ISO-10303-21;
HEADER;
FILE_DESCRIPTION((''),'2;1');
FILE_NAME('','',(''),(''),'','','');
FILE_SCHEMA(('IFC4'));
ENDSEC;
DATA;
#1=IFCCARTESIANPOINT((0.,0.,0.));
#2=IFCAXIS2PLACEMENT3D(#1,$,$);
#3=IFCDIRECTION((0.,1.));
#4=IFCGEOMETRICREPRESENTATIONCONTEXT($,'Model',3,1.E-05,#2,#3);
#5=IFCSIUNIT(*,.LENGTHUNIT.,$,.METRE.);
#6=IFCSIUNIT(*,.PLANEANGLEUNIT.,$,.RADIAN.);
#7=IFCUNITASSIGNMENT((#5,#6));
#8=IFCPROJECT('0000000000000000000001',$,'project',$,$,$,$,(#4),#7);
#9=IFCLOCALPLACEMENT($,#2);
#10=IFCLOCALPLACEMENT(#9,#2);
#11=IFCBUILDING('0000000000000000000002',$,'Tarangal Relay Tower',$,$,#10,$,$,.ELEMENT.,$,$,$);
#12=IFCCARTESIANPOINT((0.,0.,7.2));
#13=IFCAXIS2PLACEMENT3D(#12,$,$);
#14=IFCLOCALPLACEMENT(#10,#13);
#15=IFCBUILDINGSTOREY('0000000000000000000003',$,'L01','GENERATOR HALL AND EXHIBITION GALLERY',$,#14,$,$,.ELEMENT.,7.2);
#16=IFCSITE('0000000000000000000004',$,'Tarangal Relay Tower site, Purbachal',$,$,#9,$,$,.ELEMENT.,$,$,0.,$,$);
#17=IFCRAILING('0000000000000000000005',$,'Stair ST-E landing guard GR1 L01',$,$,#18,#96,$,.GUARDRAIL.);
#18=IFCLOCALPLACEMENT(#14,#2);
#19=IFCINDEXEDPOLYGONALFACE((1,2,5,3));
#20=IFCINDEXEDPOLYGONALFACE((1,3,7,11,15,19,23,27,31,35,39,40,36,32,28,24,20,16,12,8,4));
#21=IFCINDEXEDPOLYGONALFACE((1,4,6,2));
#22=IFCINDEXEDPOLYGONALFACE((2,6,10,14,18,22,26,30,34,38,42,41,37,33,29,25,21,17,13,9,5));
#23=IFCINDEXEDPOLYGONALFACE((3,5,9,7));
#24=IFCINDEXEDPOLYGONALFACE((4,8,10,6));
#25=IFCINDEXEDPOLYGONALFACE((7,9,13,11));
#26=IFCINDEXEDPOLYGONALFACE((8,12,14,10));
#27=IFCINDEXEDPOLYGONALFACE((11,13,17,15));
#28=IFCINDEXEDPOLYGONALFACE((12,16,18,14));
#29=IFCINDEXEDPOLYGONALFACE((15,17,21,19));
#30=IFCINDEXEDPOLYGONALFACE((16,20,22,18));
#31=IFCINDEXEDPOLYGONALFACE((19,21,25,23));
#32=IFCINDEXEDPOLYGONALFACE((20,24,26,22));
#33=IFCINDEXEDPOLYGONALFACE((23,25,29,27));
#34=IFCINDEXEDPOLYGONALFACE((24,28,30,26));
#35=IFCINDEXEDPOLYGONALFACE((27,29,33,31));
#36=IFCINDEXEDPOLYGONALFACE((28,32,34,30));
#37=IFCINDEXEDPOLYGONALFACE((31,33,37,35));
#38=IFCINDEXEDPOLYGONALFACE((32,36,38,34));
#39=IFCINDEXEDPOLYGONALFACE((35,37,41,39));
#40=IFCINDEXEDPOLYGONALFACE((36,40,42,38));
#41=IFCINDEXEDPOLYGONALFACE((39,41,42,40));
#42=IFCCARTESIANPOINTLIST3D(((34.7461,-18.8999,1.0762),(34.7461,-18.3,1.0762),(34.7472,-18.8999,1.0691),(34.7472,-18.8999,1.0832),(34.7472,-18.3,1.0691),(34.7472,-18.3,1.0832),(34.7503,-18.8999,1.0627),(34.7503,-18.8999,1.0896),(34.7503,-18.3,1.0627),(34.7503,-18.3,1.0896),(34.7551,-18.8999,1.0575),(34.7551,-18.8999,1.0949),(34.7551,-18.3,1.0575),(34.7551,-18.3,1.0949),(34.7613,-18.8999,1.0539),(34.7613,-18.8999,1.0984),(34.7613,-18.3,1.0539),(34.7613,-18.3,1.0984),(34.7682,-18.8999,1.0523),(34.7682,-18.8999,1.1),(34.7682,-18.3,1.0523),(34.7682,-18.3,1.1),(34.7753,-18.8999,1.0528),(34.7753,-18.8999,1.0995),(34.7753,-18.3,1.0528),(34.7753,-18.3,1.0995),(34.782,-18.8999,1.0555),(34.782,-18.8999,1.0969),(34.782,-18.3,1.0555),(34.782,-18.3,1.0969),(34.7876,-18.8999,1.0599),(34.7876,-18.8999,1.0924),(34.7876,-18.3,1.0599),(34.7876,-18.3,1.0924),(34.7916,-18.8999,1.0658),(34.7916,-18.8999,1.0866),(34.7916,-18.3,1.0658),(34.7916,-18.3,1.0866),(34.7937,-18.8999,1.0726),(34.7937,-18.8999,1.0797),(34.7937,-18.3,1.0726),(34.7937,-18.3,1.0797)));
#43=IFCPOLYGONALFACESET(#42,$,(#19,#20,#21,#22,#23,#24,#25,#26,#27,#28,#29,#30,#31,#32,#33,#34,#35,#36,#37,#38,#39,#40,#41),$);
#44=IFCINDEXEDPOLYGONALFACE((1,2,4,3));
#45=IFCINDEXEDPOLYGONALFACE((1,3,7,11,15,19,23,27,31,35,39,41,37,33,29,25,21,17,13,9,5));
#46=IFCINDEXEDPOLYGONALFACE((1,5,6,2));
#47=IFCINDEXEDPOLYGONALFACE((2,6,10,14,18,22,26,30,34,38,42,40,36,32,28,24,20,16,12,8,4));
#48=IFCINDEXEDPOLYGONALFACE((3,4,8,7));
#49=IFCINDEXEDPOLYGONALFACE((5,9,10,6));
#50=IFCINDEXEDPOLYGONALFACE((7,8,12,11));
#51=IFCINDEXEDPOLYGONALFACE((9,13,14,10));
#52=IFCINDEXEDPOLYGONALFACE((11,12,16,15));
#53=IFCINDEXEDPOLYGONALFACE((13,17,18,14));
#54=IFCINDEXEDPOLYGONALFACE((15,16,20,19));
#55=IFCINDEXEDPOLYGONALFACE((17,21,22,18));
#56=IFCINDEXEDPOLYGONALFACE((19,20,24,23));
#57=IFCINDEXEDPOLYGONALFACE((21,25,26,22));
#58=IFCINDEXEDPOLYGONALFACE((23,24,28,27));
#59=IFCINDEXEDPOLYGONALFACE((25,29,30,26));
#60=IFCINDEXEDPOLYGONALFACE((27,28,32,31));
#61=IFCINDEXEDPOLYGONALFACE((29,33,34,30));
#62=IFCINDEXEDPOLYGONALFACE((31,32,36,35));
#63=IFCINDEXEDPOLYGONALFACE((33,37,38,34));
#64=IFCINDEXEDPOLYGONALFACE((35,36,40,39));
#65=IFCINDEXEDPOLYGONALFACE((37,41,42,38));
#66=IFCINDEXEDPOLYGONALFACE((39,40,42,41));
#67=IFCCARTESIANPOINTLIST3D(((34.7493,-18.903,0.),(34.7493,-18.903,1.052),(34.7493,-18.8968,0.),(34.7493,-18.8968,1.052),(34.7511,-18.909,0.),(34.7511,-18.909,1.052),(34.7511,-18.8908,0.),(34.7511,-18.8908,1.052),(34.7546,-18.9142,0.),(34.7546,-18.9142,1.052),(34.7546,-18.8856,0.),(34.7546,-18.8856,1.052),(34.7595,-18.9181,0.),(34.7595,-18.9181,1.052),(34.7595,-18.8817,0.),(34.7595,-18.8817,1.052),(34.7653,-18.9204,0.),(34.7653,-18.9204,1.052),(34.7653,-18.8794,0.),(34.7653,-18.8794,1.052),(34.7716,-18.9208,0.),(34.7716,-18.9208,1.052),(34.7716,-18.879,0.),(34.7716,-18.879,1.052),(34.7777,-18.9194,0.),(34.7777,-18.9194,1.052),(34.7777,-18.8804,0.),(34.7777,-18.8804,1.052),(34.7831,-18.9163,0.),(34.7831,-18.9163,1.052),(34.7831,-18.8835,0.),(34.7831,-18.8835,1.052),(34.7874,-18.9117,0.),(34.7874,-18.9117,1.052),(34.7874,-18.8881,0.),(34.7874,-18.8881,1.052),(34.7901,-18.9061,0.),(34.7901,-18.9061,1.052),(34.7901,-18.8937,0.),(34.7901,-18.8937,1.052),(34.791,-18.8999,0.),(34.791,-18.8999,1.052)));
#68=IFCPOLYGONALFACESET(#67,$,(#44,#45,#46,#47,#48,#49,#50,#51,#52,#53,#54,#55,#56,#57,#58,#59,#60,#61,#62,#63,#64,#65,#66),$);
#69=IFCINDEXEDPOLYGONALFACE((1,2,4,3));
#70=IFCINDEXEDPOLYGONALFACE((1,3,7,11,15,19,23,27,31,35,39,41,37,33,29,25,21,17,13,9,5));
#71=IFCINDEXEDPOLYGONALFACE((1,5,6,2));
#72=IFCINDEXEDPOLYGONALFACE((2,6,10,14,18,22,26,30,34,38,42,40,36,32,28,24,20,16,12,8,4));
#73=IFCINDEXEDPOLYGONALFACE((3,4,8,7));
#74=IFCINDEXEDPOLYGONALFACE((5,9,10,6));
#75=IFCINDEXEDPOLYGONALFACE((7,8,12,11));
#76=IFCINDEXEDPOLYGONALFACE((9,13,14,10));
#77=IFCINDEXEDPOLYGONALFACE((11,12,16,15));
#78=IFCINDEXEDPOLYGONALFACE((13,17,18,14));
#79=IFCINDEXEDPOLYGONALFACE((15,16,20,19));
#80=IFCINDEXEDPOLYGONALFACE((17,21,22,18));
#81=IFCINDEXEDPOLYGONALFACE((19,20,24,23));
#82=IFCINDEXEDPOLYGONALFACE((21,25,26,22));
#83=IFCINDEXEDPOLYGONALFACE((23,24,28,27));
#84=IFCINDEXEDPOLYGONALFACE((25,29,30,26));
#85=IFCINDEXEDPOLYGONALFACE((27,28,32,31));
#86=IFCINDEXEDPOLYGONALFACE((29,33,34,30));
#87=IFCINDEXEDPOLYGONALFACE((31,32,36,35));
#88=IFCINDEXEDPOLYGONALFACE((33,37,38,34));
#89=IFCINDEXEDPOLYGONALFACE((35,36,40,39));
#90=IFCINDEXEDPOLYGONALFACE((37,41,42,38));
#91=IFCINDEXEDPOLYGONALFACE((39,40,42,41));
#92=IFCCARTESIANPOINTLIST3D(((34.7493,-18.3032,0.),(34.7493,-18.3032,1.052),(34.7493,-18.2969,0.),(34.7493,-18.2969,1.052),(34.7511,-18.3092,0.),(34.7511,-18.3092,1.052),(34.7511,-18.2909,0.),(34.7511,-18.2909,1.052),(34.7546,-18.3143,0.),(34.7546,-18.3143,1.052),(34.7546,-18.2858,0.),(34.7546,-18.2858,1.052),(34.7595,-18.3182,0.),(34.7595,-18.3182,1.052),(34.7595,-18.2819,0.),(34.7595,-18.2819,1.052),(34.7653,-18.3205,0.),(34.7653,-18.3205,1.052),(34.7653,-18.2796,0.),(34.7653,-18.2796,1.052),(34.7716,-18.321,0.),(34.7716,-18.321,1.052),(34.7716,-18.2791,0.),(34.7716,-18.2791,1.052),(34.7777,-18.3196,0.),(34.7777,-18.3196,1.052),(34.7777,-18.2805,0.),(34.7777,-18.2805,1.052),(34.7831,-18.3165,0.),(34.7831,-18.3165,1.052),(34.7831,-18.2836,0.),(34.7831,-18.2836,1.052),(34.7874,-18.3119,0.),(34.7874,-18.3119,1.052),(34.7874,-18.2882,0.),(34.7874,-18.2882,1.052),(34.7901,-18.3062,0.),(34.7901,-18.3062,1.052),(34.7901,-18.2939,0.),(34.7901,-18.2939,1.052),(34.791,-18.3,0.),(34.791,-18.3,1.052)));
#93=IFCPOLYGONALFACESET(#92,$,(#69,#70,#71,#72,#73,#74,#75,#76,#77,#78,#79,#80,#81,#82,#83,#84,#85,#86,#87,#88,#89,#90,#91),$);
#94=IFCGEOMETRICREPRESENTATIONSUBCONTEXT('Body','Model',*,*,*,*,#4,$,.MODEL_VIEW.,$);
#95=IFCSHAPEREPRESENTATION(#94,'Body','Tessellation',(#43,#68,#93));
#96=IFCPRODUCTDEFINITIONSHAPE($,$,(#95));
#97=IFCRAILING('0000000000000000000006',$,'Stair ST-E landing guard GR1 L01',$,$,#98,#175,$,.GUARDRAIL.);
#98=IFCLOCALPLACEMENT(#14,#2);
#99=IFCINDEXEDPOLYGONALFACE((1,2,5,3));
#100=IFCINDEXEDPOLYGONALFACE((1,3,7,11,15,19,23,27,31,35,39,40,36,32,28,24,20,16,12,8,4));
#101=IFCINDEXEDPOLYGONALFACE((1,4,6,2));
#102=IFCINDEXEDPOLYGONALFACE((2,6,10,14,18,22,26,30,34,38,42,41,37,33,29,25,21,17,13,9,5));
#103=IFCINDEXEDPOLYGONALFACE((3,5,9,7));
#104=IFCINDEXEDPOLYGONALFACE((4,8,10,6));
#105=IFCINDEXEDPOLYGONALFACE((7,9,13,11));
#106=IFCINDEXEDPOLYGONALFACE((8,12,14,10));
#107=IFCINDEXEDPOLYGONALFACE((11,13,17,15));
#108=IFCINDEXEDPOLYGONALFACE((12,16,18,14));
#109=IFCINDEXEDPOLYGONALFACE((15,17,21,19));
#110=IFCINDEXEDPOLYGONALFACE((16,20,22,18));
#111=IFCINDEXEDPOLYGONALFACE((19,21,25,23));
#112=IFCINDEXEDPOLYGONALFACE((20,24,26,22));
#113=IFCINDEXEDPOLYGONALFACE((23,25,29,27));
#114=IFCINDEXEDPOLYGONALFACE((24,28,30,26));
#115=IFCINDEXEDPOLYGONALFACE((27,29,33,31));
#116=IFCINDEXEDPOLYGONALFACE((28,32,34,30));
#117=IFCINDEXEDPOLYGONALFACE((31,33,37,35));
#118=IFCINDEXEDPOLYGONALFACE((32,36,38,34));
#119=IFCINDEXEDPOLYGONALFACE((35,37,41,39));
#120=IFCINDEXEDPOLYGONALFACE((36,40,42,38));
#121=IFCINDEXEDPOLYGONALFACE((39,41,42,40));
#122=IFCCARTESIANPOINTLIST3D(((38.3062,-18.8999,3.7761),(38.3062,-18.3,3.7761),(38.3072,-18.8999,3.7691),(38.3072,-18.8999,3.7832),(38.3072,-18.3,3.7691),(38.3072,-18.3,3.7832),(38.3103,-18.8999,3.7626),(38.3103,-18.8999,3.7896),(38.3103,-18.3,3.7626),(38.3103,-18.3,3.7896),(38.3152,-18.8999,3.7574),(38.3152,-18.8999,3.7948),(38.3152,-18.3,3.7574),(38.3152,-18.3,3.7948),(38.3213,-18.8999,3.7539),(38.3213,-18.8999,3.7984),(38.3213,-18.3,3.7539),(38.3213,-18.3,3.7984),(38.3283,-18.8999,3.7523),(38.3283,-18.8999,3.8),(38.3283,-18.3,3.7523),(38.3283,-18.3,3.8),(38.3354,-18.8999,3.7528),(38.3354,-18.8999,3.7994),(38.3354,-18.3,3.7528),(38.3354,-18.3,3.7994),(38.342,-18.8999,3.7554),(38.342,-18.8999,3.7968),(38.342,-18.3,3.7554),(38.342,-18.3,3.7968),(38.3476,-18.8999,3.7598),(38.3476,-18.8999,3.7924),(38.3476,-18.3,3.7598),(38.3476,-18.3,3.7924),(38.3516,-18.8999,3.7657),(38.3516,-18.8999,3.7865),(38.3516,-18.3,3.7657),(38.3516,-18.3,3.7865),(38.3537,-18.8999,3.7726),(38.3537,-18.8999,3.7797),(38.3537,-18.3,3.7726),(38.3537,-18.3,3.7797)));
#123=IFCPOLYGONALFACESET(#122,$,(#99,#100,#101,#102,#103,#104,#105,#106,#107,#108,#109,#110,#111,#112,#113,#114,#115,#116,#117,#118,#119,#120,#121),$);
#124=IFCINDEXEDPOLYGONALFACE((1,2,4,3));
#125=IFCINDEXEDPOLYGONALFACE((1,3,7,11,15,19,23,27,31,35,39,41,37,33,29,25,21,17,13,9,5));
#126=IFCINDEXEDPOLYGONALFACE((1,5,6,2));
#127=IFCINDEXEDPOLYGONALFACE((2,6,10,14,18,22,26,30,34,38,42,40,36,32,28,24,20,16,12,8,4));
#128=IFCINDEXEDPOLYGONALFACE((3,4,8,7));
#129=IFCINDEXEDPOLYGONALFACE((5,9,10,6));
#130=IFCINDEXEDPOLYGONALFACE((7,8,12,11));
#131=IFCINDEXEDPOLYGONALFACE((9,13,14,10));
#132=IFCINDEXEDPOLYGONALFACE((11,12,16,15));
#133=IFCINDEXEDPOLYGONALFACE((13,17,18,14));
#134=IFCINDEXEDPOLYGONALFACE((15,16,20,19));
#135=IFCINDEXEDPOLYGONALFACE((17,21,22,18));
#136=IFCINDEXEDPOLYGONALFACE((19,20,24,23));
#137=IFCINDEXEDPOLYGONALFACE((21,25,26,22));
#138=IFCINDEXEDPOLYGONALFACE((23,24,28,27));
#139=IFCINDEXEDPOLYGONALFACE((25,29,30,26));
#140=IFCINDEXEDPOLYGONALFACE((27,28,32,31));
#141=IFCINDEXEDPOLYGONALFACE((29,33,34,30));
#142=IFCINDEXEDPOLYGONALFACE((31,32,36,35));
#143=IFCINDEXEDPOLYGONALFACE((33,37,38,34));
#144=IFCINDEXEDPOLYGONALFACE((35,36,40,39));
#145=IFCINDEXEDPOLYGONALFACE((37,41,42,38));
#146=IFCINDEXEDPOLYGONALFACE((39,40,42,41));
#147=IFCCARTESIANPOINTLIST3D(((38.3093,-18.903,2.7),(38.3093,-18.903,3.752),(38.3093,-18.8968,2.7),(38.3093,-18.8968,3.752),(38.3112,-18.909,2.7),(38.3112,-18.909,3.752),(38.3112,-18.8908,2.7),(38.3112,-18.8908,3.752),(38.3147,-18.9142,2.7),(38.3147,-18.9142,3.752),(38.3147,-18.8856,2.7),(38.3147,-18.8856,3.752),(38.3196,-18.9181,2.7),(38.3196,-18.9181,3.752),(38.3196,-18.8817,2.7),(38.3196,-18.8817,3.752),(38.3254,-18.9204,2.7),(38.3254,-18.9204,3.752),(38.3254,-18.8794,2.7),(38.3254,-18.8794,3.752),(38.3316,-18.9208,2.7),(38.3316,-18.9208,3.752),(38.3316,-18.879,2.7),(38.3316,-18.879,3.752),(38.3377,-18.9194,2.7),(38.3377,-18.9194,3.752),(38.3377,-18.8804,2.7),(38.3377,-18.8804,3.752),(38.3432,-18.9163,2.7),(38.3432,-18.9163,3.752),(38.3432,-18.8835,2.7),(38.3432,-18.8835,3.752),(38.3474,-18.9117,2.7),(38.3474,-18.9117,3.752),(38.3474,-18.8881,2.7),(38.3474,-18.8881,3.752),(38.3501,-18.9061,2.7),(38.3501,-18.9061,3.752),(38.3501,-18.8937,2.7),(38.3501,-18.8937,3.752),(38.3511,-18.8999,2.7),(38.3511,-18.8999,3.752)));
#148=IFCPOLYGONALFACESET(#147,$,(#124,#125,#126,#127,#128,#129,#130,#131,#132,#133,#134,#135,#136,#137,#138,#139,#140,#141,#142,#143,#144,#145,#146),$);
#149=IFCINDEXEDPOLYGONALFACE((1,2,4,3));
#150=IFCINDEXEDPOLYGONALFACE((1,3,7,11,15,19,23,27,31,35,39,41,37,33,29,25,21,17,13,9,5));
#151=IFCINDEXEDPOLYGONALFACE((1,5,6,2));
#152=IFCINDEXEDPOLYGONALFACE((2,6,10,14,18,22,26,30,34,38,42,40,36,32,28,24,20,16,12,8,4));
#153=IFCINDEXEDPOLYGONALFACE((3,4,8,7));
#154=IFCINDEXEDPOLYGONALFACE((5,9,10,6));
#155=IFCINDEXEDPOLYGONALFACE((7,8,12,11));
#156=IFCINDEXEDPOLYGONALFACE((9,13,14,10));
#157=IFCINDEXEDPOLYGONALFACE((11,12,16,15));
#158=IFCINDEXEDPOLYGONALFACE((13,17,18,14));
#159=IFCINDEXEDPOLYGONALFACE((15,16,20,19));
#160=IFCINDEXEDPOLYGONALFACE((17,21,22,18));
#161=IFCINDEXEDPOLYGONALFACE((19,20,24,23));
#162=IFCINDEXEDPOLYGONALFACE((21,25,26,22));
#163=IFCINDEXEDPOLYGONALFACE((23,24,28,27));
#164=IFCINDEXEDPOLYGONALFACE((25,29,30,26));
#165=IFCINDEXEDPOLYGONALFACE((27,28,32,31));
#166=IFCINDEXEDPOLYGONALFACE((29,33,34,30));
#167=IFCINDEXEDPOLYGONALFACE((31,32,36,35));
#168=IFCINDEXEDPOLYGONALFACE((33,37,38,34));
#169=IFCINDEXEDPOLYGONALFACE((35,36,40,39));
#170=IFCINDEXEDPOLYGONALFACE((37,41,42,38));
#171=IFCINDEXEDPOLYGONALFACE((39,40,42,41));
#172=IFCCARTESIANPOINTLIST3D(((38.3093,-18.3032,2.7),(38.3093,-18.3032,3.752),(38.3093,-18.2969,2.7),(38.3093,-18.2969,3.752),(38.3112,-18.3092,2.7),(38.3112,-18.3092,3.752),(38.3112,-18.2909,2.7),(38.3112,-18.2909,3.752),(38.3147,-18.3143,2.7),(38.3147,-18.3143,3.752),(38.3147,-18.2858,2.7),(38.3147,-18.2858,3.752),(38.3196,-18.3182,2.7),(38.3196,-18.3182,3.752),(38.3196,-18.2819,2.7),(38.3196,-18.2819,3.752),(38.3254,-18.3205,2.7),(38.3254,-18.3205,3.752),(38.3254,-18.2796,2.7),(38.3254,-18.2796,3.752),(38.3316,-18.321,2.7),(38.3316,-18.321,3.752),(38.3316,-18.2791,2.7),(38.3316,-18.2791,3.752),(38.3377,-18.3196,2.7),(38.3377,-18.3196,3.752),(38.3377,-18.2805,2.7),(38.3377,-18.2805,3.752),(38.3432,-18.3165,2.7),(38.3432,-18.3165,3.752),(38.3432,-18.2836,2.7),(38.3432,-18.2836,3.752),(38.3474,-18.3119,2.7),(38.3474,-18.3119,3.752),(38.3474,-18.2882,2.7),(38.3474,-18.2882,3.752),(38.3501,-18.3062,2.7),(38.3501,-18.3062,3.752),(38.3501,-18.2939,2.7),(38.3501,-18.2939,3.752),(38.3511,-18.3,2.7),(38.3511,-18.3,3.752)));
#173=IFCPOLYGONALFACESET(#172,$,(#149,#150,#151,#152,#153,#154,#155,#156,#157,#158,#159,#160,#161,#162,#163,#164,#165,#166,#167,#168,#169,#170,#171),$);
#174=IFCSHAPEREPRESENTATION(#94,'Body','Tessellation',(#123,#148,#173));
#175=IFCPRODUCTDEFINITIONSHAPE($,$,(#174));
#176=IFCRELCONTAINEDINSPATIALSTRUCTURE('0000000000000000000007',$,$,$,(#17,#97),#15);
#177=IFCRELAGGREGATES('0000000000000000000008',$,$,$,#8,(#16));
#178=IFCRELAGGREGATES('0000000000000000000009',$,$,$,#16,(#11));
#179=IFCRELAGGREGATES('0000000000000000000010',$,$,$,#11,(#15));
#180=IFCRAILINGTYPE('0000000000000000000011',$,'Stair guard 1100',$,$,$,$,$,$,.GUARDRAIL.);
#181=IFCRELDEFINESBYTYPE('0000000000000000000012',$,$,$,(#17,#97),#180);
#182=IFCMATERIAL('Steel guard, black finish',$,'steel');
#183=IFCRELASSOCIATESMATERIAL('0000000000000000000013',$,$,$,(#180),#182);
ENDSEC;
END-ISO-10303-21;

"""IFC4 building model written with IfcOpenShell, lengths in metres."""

from ifc_helpers import new_model, si_unit, direction, frame, origin, origin_2d, place, context, subcontext, project, spatial, circle, extrude, material, type_object, element, save


model = new_model("IFC4")

# Units and contexts
model_context = context("Model", 3, precision=1e-05, world=origin(), true_north=direction((0.0, 1.0)))
body_context = subcontext(model_context, "Body", "Model", "MODEL_VIEW")
ifc_project = project(units=[si_unit("LENGTHUNIT", "METRE"), si_unit("PLANEANGLEUNIT", "RADIAN")], contexts=[model_context])

# Site, building, storey
site_placement = place(None, origin())
site = spatial("IfcSite", under=ifc_project, at=site_placement, Name="Tarangal Relay Tower site, Purbachal", CompositionType="ELEMENT", RefElevation=0.0)
building_placement = place(site_placement, origin())
building = spatial("IfcBuilding", under=site, at=building_placement, Name="Tarangal Relay Tower", CompositionType="ELEMENT")
storey_placement = place(building_placement, frame((0.0, 0.0, 7.2)))
storey = spatial("IfcBuildingStorey", under=building, at=storey_placement, Name="L01", Description="GENERATOR HALL AND EXHIBITION GALLERY", CompositionType="ELEMENT", Elevation=7.2)

# Railings
ifc_material_1 = material(Name="Steel guard, black finish", Category="steel")
railing_type_1 = type_object("IfcRailingType", Name="Stair guard 1100", PredefinedType="GUARDRAIL", material=ifc_material_1)
for number, where, name in (
    (1, (34.77, -18.8999, 0.0), "Stair ST-E landing guard GR1 L01"),
    (2, (38.3301, -18.8999, 2.7), "Stair ST-E landing guard GR1 L01"),
):
    element("IfcRailing", number, at=place(storey_placement, frame(where)), inside=storey, type_object=railing_type_1, Name=name, PredefinedType="GUARDRAIL", context=body_context, shape_type="SweptSolid", body=[
        extrude(circle(Radius=0.0239, at=origin_2d()), frame((0.0, 0.0, 1.0762), z_axis=(0.0, 1.0, 0.0), x_axis=(-1.0, 0.0, 0.0)), (0.0, 0.0, 1.0), 0.5999),
        extrude(circle(Radius=0.021, at=origin_2d()), origin(), (0.0, 0.0, 1.0), 1.052),
        extrude(circle(Radius=0.021, at=origin_2d()), frame((0.0, 0.5999, 0.0)), (0.0, 0.0, 1.0), 1.052),
    ])

save(model, "model.ifc")
